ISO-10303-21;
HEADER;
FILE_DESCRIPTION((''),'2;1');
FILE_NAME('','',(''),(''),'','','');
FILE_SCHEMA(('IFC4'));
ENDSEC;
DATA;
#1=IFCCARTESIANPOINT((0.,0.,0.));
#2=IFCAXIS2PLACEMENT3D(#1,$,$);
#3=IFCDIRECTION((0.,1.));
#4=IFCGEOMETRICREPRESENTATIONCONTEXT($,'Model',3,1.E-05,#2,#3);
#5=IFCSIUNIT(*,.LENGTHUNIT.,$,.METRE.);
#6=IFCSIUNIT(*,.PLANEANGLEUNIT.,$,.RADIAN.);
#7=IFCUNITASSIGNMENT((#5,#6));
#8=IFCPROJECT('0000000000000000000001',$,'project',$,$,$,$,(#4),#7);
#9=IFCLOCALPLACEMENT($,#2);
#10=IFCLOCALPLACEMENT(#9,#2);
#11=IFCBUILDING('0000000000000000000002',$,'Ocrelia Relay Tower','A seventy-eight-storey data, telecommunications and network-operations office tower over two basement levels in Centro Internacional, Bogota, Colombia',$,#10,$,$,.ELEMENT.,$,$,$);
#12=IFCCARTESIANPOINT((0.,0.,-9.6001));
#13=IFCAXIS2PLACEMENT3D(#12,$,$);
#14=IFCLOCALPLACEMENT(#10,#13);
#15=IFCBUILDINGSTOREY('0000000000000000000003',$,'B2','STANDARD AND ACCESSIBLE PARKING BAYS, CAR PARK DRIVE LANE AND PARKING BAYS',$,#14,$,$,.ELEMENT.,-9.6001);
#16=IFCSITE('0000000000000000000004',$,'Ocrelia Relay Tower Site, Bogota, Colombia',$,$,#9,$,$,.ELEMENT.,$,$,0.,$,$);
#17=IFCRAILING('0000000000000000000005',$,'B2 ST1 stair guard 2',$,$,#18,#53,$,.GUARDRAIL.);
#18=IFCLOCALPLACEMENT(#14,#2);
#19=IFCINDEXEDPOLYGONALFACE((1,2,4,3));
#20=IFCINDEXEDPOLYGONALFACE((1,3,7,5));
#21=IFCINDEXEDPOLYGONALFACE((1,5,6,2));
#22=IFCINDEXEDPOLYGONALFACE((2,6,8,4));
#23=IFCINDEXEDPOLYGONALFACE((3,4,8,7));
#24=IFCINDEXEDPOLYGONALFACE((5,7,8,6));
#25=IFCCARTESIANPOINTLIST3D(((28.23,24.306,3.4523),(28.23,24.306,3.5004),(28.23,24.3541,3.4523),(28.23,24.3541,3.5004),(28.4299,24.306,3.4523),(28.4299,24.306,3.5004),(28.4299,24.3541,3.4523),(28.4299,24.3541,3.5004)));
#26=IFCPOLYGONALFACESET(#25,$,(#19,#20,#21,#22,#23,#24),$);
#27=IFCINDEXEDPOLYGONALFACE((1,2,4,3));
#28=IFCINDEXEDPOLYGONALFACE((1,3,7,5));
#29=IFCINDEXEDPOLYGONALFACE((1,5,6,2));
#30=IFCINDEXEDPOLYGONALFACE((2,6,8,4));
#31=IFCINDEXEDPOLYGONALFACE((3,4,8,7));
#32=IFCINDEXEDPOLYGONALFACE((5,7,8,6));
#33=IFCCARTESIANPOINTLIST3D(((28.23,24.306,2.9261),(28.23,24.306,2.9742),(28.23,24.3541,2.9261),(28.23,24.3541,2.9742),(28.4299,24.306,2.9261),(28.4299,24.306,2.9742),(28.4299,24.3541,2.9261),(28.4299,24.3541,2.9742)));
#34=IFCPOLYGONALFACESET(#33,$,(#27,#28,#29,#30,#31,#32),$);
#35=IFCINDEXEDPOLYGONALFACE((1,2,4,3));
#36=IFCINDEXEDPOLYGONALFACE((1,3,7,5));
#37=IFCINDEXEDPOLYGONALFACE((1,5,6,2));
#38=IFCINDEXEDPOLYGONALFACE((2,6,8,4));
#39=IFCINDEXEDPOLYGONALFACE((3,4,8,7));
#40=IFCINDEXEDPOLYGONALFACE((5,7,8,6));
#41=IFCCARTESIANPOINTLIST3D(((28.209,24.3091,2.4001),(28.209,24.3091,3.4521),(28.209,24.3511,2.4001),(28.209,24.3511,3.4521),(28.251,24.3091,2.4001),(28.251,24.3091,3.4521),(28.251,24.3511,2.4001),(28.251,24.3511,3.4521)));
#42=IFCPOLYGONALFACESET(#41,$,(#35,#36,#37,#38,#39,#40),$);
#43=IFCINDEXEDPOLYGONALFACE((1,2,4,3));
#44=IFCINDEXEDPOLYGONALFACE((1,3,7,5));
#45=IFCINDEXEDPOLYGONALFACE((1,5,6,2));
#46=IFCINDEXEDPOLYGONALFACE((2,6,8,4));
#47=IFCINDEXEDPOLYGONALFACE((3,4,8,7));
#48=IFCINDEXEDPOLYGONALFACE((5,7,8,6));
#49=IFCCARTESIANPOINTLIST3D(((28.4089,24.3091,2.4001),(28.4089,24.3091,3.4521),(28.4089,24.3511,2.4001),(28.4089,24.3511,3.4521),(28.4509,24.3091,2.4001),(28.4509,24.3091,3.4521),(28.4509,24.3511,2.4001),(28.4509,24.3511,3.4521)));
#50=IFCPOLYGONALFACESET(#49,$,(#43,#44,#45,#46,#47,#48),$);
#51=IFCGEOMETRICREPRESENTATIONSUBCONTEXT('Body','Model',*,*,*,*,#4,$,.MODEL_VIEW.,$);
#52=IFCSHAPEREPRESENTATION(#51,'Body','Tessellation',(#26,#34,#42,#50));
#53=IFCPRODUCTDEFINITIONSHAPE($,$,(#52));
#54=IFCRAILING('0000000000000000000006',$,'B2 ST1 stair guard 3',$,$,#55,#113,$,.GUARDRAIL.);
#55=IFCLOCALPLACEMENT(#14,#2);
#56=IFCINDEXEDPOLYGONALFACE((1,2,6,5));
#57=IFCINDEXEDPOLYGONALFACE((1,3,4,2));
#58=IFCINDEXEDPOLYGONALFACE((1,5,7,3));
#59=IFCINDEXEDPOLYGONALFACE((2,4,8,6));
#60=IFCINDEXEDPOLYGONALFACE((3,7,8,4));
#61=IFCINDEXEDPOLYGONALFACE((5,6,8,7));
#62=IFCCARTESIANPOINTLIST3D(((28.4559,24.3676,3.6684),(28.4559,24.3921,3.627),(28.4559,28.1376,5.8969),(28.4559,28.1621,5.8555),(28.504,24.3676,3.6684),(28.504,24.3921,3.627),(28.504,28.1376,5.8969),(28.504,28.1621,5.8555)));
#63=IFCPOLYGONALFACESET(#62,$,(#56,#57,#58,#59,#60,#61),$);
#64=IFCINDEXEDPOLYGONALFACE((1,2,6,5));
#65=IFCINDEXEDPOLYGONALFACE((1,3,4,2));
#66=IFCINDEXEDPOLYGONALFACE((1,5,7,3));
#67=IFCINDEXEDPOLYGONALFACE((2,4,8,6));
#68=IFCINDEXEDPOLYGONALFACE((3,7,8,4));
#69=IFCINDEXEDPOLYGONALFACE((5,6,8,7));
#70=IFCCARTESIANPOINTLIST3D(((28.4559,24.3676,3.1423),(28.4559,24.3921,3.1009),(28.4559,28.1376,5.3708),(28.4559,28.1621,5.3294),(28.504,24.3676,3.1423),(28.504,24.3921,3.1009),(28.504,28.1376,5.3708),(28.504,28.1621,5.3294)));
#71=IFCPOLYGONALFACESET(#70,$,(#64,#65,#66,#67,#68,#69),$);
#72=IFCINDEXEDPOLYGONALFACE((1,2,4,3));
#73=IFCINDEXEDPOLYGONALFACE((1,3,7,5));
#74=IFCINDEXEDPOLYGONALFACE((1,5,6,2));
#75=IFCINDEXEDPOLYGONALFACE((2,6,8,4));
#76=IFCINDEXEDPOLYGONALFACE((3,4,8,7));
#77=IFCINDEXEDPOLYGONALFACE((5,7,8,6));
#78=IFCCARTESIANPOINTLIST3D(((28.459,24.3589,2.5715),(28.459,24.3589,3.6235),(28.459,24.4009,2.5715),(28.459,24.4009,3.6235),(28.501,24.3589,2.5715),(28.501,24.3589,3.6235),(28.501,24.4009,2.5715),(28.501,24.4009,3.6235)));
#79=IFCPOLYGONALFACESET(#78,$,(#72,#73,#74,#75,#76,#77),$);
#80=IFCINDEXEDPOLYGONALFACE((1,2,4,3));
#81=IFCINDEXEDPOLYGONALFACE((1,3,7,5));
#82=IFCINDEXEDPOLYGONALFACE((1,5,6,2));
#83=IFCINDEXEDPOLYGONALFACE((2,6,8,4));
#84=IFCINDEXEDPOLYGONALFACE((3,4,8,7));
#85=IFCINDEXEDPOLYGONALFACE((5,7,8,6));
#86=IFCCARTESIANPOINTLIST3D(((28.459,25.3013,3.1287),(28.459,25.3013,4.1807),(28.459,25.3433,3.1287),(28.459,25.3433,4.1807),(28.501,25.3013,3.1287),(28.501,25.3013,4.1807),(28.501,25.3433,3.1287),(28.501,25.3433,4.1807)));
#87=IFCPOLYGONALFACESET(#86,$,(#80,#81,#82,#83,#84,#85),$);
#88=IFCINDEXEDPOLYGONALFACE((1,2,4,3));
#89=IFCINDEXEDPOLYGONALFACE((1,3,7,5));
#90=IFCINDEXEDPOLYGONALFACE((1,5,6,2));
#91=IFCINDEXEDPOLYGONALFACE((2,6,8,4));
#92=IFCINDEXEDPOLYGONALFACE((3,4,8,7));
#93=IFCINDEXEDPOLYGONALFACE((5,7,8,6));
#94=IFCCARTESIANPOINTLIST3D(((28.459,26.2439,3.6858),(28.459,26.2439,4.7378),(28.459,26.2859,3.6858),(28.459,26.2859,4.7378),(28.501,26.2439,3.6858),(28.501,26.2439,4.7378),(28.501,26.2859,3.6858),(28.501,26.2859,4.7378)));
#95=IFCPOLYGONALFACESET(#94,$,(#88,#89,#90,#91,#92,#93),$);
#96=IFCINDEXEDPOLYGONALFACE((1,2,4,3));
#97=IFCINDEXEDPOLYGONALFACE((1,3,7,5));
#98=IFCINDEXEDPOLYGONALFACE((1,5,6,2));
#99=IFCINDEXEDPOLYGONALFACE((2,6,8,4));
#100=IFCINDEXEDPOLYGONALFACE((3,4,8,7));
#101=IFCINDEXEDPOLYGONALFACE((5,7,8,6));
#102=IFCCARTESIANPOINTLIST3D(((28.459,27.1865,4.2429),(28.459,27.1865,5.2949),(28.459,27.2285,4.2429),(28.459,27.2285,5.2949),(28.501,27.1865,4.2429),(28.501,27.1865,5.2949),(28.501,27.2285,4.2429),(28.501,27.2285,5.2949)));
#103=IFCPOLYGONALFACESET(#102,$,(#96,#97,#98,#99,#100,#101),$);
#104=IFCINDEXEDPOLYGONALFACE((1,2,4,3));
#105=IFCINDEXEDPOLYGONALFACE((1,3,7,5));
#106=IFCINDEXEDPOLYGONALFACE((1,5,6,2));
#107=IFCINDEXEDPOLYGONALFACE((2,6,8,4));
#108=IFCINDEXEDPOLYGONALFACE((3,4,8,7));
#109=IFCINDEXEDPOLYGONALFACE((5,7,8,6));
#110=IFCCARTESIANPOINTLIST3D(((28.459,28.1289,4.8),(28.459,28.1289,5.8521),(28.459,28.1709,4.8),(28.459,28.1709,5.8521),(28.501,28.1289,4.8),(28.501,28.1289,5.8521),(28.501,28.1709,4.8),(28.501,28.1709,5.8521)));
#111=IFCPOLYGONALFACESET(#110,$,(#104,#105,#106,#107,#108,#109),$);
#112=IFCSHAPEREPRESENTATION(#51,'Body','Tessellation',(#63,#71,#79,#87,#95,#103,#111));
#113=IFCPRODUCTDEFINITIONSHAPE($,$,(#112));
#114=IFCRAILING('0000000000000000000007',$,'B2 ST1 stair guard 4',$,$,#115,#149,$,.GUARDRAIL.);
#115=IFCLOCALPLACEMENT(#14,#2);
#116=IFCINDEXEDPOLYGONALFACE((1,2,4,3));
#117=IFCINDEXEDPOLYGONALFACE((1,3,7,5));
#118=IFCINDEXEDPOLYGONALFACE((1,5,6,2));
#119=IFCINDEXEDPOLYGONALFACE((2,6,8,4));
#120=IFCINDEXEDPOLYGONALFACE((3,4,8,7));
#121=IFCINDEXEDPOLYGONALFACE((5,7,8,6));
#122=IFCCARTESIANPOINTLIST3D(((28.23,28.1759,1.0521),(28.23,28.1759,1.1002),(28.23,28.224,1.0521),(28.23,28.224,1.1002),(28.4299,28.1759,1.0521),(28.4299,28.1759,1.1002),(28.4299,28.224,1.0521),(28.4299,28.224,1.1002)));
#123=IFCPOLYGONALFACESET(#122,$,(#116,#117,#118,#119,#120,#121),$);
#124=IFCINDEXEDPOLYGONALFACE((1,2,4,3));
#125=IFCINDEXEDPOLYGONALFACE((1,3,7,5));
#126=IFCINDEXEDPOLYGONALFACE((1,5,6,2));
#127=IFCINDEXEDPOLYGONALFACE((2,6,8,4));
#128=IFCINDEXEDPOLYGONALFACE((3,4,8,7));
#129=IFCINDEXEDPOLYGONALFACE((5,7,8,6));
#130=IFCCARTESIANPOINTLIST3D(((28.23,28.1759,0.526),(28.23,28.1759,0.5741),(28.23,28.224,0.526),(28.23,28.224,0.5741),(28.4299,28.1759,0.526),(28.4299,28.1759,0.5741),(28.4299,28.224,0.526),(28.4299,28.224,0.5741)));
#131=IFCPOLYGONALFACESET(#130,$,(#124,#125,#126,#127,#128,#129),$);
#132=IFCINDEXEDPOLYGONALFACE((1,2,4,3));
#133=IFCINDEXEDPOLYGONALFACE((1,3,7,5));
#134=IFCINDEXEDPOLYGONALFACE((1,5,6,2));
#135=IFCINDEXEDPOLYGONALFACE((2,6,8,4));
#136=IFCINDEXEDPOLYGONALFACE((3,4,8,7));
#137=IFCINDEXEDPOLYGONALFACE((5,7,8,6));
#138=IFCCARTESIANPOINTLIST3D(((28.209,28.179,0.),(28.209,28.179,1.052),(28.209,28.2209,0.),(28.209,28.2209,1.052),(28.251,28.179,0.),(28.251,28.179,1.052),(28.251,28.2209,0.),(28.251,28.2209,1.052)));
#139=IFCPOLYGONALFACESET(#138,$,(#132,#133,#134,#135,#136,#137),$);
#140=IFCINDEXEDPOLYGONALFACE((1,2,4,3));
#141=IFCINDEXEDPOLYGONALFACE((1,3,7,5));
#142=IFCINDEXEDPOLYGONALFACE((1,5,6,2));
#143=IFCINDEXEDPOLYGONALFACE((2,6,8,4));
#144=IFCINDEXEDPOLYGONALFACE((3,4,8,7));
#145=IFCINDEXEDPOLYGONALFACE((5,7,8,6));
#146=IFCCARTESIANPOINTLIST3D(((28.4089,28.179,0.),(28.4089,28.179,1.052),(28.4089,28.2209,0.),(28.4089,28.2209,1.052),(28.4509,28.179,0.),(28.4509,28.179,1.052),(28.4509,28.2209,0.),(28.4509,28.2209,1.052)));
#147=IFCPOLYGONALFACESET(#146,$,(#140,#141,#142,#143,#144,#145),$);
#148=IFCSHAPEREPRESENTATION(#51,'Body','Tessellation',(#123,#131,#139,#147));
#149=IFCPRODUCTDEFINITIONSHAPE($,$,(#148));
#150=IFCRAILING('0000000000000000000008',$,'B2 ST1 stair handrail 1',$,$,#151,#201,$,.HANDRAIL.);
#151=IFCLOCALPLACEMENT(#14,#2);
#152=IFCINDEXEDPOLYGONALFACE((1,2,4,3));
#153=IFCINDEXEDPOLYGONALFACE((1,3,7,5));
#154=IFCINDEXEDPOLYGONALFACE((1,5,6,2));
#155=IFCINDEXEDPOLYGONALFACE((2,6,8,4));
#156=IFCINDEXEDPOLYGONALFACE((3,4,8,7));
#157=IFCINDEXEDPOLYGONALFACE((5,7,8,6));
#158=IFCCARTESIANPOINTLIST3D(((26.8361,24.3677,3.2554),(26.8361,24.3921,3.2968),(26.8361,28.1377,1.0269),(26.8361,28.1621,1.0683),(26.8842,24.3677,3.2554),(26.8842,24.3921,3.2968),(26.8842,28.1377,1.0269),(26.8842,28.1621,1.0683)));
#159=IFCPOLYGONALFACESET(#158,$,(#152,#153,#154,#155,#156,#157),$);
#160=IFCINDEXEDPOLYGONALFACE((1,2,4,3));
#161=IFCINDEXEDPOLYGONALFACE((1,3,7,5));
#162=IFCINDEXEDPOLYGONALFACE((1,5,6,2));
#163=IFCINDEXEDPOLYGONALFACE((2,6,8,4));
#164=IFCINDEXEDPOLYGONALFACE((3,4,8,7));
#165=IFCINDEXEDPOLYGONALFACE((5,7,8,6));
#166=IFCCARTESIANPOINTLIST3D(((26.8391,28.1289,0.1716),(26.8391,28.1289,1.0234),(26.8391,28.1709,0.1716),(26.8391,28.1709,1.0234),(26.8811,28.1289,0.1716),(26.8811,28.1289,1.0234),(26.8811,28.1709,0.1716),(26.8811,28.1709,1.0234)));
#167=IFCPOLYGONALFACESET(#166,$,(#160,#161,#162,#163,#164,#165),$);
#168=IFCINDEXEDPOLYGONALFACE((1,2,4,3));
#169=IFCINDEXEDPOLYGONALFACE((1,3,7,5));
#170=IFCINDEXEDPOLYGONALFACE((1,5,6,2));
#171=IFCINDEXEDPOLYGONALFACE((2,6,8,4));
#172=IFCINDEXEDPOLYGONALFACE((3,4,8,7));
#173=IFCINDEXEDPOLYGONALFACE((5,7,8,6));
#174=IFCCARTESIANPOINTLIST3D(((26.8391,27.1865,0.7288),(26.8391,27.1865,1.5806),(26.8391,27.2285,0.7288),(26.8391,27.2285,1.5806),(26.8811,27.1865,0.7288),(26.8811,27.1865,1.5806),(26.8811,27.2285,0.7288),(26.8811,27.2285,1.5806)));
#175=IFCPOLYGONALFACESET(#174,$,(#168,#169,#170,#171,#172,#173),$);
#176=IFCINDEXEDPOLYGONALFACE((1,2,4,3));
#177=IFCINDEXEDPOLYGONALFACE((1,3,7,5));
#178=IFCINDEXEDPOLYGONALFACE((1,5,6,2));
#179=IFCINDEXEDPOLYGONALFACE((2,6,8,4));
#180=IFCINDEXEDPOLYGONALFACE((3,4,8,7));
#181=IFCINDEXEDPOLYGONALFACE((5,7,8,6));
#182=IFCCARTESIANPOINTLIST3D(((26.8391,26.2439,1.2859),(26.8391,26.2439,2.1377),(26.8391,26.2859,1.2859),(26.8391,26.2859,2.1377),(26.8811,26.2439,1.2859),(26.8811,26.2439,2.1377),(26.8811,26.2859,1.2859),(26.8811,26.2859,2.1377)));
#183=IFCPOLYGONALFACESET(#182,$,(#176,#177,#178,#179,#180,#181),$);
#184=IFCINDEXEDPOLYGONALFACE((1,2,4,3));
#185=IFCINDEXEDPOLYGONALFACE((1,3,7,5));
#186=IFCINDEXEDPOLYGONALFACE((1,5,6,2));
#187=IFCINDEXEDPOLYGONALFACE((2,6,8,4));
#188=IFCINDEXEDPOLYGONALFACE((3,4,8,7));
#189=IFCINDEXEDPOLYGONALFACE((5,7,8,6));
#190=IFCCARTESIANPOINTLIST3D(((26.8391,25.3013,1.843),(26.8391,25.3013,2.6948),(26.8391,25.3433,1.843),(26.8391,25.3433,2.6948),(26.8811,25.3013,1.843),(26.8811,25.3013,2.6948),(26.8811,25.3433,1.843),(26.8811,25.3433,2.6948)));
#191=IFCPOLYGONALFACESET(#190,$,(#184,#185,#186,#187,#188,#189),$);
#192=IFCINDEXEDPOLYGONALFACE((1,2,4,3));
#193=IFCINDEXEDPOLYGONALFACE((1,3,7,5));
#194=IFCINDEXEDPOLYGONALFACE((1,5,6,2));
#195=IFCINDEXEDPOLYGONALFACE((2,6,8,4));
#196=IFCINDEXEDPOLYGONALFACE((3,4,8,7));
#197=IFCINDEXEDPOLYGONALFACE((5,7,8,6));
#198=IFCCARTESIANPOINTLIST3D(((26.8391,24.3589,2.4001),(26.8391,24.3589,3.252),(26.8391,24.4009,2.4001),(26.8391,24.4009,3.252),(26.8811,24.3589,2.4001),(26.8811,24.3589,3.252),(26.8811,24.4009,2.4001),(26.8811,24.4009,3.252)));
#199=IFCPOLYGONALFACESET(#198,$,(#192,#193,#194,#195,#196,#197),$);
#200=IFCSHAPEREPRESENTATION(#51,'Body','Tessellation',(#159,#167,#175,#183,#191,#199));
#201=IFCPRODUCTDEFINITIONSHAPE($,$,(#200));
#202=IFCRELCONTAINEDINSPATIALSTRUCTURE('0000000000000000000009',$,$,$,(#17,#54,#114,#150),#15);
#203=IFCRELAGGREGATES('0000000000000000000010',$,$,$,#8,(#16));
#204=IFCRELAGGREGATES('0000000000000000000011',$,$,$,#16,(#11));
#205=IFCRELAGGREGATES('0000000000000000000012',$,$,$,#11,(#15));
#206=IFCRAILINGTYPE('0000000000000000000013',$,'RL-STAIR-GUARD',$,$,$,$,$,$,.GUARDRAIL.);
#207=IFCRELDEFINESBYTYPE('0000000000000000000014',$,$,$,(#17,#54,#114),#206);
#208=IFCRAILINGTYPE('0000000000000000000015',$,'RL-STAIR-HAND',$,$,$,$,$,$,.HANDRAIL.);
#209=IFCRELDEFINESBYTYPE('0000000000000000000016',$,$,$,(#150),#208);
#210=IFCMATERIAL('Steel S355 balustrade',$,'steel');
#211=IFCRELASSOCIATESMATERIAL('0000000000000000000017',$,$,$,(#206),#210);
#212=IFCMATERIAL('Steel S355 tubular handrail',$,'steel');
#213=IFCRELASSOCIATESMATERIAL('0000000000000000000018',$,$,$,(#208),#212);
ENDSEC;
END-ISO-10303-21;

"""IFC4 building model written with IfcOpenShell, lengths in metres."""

from ifc_helpers import new_model, si_unit, direction, frame, origin, origin_2d, place, context, subcontext, project, spatial, rectangle, extrude, material, type_object, element, save


model = new_model("IFC4")

# Units and contexts
model_context = context("Model", 3, precision=1e-05, world=origin(), true_north=direction((0.0, 1.0)))
body_context = subcontext(model_context, "Body", "Model", "MODEL_VIEW")
ifc_project = project(units=[si_unit("LENGTHUNIT", "METRE"), si_unit("PLANEANGLEUNIT", "RADIAN")], contexts=[model_context])

# Site, building, storey
site_placement = place(None, origin())
site = spatial("IfcSite", under=ifc_project, at=site_placement, Name="Ocrelia Relay Tower Site, Bogota, Colombia", CompositionType="ELEMENT", RefElevation=0.0)
building_placement = place(site_placement, origin())
building = spatial("IfcBuilding", under=site, at=building_placement, Name="Ocrelia Relay Tower", Description="A seventy-eight-storey data, telecommunications and network-operations office tower over two basement levels in Centro Internacional, Bogota, Colombia", CompositionType="ELEMENT")
storey_placement = place(building_placement, frame((0.0, 0.0, -9.6001)))
storey = spatial("IfcBuildingStorey", under=building, at=storey_placement, Name="B2", Description="STANDARD AND ACCESSIBLE PARKING BAYS, CAR PARK DRIVE LANE AND PARKING BAYS", CompositionType="ELEMENT", Elevation=-9.6001)

# Railings
ifc_material_1 = material(Name="Steel S355 balustrade", Category="steel")
railing_type_1 = type_object("IfcRailingType", Name="RL-STAIR-GUARD", PredefinedType="GUARDRAIL", material=ifc_material_1)
railing_1_placement = place(storey_placement, frame((28.23, 24.3301, 2.4001)))
element("IfcRailing", 1, at=railing_1_placement, inside=storey, type_object=railing_type_1, Name="B2 ST1 stair guard 2", PredefinedType="GUARDRAIL", context=body_context, shape_type="SweptSolid", body=[
    extrude(rectangle(XDim=0.0481, YDim=0.0481, at=origin_2d()), frame((0.0, 0.0, 1.0762), z_axis=(1.0, 0.0, 0.0), x_axis=(0.0, 1.0, 0.0)), (0.0, 0.0, 1.0), 0.2),
    extrude(rectangle(XDim=0.0481, YDim=0.0481, at=origin_2d()), frame((0.0, 0.0, 0.55), z_axis=(1.0, 0.0, 0.0), x_axis=(0.0, 1.0, 0.0)), (0.0, 0.0, 1.0), 0.2),
    extrude(rectangle(XDim=0.042, YDim=0.042, at=origin_2d()), origin(), (0.0, 0.0, 1.0), 1.052),
    extrude(rectangle(XDim=0.042, YDim=0.042, at=origin_2d()), frame((0.2, 0.0, 0.0)), (0.0, 0.0, 1.0), 1.052),
])
railing_2_placement = place(storey_placement, frame((28.48, 24.3799, 2.5715)))
element("IfcRailing", 2, at=railing_2_placement, inside=storey, type_object=railing_type_1, Name="B2 ST1 stair guard 3", PredefinedType="GUARDRAIL", context=body_context, shape_type="SweptSolid", body=[
    extrude(rectangle(XDim=0.0481, YDim=0.0481, at=origin_2d()), frame((0.0, 0.0, 1.0762), z_axis=(0.0, 0.860849, 0.508861), x_axis=(-1.0, 0.0, 0.0)), (0.0, 0.0, 1.0), 4.3794),
    extrude(rectangle(XDim=0.0481, YDim=0.0481, at=origin_2d()), frame((0.0, 0.0, 0.55), z_axis=(0.0, 0.860849, 0.508861), x_axis=(-1.0, 0.0, 0.0)), (0.0, 0.0, 1.0), 4.3794),
    extrude(rectangle(XDim=0.042, YDim=0.042, at=origin_2d()), origin(), (0.0, 0.0, 1.0), 1.052),
    extrude(rectangle(XDim=0.042, YDim=0.042, at=origin_2d()), frame((0.0, 0.9424, 0.5571)), (0.0, 0.0, 1.0), 1.052),
    extrude(rectangle(XDim=0.042, YDim=0.042, at=origin_2d()), frame((0.0, 1.885, 1.1143)), (0.0, 0.0, 1.0), 1.052),
    extrude(rectangle(XDim=0.042, YDim=0.042, at=origin_2d()), frame((0.0, 2.8276, 1.6714)), (0.0, 0.0, 1.0), 1.052),
    extrude(rectangle(XDim=0.042, YDim=0.042, at=origin_2d()), frame((0.0, 3.77, 2.2285)), (0.0, 0.0, 1.0), 1.052),
])
railing_3_placement = place(storey_placement, frame((28.23, 28.2, 0.0)))
element("IfcRailing", 3, at=railing_3_placement, inside=storey, type_object=railing_type_1, Name="B2 ST1 stair guard 4", PredefinedType="GUARDRAIL", context=body_context, shape_type="SweptSolid", body=[
    extrude(rectangle(XDim=0.0481, YDim=0.0481, at=origin_2d()), frame((0.0, 0.0, 1.0762), z_axis=(1.0, 0.0, 0.0), x_axis=(0.0, 1.0, 0.0)), (0.0, 0.0, 1.0), 0.2),
    extrude(rectangle(XDim=0.0481, YDim=0.0481, at=origin_2d()), frame((0.0, 0.0, 0.55), z_axis=(1.0, 0.0, 0.0), x_axis=(0.0, 1.0, 0.0)), (0.0, 0.0, 1.0), 0.2),
    extrude(rectangle(XDim=0.042, YDim=0.042, at=origin_2d()), origin(), (0.0, 0.0, 1.0), 1.052),
    extrude(rectangle(XDim=0.042, YDim=0.042, at=origin_2d()), frame((0.2, 0.0, 0.0)), (0.0, 0.0, 1.0), 1.052),
])
ifc_material_2 = material(Name="Steel S355 tubular handrail", Category="steel")
railing_type_2 = type_object("IfcRailingType", Name="RL-STAIR-HAND", PredefinedType="HANDRAIL", material=ifc_material_2)
railing_4_placement = place(storey_placement, frame((26.8601, 28.1499, 0.1716)))
element("IfcRailing", 4, at=railing_4_placement, inside=storey, type_object=railing_type_2, Name="B2 ST1 stair handrail 1", PredefinedType="HANDRAIL", context=body_context, shape_type="SweptSolid", body=[
    extrude(rectangle(XDim=0.0481, YDim=0.0481, at=origin_2d()), frame((0.0, 0.0, 0.876), z_axis=(0.0, -0.860849, 0.508861), x_axis=(1.0, 0.0, 0.0)), (0.0, 0.0, 1.0), 4.3794),
    extrude(rectangle(XDim=0.042, YDim=0.042, at=origin_2d()), origin(), (0.0, 0.0, 1.0), 0.8518),
    extrude(rectangle(XDim=0.042, YDim=0.042, at=origin_2d()), frame((0.0, -0.9424, 0.5571)), (0.0, 0.0, 1.0), 0.8518),
    extrude(rectangle(XDim=0.042, YDim=0.042, at=origin_2d()), frame((0.0, -1.885, 1.1143)), (0.0, 0.0, 1.0), 0.8518),
    extrude(rectangle(XDim=0.042, YDim=0.042, at=origin_2d()), frame((0.0, -2.8276, 1.6714)), (0.0, 0.0, 1.0), 0.8518),
    extrude(rectangle(XDim=0.042, YDim=0.042, at=origin_2d()), frame((0.0, -3.77, 2.2285)), (0.0, 0.0, 1.0), 0.8518),
])

save(model, "model.ifc")
